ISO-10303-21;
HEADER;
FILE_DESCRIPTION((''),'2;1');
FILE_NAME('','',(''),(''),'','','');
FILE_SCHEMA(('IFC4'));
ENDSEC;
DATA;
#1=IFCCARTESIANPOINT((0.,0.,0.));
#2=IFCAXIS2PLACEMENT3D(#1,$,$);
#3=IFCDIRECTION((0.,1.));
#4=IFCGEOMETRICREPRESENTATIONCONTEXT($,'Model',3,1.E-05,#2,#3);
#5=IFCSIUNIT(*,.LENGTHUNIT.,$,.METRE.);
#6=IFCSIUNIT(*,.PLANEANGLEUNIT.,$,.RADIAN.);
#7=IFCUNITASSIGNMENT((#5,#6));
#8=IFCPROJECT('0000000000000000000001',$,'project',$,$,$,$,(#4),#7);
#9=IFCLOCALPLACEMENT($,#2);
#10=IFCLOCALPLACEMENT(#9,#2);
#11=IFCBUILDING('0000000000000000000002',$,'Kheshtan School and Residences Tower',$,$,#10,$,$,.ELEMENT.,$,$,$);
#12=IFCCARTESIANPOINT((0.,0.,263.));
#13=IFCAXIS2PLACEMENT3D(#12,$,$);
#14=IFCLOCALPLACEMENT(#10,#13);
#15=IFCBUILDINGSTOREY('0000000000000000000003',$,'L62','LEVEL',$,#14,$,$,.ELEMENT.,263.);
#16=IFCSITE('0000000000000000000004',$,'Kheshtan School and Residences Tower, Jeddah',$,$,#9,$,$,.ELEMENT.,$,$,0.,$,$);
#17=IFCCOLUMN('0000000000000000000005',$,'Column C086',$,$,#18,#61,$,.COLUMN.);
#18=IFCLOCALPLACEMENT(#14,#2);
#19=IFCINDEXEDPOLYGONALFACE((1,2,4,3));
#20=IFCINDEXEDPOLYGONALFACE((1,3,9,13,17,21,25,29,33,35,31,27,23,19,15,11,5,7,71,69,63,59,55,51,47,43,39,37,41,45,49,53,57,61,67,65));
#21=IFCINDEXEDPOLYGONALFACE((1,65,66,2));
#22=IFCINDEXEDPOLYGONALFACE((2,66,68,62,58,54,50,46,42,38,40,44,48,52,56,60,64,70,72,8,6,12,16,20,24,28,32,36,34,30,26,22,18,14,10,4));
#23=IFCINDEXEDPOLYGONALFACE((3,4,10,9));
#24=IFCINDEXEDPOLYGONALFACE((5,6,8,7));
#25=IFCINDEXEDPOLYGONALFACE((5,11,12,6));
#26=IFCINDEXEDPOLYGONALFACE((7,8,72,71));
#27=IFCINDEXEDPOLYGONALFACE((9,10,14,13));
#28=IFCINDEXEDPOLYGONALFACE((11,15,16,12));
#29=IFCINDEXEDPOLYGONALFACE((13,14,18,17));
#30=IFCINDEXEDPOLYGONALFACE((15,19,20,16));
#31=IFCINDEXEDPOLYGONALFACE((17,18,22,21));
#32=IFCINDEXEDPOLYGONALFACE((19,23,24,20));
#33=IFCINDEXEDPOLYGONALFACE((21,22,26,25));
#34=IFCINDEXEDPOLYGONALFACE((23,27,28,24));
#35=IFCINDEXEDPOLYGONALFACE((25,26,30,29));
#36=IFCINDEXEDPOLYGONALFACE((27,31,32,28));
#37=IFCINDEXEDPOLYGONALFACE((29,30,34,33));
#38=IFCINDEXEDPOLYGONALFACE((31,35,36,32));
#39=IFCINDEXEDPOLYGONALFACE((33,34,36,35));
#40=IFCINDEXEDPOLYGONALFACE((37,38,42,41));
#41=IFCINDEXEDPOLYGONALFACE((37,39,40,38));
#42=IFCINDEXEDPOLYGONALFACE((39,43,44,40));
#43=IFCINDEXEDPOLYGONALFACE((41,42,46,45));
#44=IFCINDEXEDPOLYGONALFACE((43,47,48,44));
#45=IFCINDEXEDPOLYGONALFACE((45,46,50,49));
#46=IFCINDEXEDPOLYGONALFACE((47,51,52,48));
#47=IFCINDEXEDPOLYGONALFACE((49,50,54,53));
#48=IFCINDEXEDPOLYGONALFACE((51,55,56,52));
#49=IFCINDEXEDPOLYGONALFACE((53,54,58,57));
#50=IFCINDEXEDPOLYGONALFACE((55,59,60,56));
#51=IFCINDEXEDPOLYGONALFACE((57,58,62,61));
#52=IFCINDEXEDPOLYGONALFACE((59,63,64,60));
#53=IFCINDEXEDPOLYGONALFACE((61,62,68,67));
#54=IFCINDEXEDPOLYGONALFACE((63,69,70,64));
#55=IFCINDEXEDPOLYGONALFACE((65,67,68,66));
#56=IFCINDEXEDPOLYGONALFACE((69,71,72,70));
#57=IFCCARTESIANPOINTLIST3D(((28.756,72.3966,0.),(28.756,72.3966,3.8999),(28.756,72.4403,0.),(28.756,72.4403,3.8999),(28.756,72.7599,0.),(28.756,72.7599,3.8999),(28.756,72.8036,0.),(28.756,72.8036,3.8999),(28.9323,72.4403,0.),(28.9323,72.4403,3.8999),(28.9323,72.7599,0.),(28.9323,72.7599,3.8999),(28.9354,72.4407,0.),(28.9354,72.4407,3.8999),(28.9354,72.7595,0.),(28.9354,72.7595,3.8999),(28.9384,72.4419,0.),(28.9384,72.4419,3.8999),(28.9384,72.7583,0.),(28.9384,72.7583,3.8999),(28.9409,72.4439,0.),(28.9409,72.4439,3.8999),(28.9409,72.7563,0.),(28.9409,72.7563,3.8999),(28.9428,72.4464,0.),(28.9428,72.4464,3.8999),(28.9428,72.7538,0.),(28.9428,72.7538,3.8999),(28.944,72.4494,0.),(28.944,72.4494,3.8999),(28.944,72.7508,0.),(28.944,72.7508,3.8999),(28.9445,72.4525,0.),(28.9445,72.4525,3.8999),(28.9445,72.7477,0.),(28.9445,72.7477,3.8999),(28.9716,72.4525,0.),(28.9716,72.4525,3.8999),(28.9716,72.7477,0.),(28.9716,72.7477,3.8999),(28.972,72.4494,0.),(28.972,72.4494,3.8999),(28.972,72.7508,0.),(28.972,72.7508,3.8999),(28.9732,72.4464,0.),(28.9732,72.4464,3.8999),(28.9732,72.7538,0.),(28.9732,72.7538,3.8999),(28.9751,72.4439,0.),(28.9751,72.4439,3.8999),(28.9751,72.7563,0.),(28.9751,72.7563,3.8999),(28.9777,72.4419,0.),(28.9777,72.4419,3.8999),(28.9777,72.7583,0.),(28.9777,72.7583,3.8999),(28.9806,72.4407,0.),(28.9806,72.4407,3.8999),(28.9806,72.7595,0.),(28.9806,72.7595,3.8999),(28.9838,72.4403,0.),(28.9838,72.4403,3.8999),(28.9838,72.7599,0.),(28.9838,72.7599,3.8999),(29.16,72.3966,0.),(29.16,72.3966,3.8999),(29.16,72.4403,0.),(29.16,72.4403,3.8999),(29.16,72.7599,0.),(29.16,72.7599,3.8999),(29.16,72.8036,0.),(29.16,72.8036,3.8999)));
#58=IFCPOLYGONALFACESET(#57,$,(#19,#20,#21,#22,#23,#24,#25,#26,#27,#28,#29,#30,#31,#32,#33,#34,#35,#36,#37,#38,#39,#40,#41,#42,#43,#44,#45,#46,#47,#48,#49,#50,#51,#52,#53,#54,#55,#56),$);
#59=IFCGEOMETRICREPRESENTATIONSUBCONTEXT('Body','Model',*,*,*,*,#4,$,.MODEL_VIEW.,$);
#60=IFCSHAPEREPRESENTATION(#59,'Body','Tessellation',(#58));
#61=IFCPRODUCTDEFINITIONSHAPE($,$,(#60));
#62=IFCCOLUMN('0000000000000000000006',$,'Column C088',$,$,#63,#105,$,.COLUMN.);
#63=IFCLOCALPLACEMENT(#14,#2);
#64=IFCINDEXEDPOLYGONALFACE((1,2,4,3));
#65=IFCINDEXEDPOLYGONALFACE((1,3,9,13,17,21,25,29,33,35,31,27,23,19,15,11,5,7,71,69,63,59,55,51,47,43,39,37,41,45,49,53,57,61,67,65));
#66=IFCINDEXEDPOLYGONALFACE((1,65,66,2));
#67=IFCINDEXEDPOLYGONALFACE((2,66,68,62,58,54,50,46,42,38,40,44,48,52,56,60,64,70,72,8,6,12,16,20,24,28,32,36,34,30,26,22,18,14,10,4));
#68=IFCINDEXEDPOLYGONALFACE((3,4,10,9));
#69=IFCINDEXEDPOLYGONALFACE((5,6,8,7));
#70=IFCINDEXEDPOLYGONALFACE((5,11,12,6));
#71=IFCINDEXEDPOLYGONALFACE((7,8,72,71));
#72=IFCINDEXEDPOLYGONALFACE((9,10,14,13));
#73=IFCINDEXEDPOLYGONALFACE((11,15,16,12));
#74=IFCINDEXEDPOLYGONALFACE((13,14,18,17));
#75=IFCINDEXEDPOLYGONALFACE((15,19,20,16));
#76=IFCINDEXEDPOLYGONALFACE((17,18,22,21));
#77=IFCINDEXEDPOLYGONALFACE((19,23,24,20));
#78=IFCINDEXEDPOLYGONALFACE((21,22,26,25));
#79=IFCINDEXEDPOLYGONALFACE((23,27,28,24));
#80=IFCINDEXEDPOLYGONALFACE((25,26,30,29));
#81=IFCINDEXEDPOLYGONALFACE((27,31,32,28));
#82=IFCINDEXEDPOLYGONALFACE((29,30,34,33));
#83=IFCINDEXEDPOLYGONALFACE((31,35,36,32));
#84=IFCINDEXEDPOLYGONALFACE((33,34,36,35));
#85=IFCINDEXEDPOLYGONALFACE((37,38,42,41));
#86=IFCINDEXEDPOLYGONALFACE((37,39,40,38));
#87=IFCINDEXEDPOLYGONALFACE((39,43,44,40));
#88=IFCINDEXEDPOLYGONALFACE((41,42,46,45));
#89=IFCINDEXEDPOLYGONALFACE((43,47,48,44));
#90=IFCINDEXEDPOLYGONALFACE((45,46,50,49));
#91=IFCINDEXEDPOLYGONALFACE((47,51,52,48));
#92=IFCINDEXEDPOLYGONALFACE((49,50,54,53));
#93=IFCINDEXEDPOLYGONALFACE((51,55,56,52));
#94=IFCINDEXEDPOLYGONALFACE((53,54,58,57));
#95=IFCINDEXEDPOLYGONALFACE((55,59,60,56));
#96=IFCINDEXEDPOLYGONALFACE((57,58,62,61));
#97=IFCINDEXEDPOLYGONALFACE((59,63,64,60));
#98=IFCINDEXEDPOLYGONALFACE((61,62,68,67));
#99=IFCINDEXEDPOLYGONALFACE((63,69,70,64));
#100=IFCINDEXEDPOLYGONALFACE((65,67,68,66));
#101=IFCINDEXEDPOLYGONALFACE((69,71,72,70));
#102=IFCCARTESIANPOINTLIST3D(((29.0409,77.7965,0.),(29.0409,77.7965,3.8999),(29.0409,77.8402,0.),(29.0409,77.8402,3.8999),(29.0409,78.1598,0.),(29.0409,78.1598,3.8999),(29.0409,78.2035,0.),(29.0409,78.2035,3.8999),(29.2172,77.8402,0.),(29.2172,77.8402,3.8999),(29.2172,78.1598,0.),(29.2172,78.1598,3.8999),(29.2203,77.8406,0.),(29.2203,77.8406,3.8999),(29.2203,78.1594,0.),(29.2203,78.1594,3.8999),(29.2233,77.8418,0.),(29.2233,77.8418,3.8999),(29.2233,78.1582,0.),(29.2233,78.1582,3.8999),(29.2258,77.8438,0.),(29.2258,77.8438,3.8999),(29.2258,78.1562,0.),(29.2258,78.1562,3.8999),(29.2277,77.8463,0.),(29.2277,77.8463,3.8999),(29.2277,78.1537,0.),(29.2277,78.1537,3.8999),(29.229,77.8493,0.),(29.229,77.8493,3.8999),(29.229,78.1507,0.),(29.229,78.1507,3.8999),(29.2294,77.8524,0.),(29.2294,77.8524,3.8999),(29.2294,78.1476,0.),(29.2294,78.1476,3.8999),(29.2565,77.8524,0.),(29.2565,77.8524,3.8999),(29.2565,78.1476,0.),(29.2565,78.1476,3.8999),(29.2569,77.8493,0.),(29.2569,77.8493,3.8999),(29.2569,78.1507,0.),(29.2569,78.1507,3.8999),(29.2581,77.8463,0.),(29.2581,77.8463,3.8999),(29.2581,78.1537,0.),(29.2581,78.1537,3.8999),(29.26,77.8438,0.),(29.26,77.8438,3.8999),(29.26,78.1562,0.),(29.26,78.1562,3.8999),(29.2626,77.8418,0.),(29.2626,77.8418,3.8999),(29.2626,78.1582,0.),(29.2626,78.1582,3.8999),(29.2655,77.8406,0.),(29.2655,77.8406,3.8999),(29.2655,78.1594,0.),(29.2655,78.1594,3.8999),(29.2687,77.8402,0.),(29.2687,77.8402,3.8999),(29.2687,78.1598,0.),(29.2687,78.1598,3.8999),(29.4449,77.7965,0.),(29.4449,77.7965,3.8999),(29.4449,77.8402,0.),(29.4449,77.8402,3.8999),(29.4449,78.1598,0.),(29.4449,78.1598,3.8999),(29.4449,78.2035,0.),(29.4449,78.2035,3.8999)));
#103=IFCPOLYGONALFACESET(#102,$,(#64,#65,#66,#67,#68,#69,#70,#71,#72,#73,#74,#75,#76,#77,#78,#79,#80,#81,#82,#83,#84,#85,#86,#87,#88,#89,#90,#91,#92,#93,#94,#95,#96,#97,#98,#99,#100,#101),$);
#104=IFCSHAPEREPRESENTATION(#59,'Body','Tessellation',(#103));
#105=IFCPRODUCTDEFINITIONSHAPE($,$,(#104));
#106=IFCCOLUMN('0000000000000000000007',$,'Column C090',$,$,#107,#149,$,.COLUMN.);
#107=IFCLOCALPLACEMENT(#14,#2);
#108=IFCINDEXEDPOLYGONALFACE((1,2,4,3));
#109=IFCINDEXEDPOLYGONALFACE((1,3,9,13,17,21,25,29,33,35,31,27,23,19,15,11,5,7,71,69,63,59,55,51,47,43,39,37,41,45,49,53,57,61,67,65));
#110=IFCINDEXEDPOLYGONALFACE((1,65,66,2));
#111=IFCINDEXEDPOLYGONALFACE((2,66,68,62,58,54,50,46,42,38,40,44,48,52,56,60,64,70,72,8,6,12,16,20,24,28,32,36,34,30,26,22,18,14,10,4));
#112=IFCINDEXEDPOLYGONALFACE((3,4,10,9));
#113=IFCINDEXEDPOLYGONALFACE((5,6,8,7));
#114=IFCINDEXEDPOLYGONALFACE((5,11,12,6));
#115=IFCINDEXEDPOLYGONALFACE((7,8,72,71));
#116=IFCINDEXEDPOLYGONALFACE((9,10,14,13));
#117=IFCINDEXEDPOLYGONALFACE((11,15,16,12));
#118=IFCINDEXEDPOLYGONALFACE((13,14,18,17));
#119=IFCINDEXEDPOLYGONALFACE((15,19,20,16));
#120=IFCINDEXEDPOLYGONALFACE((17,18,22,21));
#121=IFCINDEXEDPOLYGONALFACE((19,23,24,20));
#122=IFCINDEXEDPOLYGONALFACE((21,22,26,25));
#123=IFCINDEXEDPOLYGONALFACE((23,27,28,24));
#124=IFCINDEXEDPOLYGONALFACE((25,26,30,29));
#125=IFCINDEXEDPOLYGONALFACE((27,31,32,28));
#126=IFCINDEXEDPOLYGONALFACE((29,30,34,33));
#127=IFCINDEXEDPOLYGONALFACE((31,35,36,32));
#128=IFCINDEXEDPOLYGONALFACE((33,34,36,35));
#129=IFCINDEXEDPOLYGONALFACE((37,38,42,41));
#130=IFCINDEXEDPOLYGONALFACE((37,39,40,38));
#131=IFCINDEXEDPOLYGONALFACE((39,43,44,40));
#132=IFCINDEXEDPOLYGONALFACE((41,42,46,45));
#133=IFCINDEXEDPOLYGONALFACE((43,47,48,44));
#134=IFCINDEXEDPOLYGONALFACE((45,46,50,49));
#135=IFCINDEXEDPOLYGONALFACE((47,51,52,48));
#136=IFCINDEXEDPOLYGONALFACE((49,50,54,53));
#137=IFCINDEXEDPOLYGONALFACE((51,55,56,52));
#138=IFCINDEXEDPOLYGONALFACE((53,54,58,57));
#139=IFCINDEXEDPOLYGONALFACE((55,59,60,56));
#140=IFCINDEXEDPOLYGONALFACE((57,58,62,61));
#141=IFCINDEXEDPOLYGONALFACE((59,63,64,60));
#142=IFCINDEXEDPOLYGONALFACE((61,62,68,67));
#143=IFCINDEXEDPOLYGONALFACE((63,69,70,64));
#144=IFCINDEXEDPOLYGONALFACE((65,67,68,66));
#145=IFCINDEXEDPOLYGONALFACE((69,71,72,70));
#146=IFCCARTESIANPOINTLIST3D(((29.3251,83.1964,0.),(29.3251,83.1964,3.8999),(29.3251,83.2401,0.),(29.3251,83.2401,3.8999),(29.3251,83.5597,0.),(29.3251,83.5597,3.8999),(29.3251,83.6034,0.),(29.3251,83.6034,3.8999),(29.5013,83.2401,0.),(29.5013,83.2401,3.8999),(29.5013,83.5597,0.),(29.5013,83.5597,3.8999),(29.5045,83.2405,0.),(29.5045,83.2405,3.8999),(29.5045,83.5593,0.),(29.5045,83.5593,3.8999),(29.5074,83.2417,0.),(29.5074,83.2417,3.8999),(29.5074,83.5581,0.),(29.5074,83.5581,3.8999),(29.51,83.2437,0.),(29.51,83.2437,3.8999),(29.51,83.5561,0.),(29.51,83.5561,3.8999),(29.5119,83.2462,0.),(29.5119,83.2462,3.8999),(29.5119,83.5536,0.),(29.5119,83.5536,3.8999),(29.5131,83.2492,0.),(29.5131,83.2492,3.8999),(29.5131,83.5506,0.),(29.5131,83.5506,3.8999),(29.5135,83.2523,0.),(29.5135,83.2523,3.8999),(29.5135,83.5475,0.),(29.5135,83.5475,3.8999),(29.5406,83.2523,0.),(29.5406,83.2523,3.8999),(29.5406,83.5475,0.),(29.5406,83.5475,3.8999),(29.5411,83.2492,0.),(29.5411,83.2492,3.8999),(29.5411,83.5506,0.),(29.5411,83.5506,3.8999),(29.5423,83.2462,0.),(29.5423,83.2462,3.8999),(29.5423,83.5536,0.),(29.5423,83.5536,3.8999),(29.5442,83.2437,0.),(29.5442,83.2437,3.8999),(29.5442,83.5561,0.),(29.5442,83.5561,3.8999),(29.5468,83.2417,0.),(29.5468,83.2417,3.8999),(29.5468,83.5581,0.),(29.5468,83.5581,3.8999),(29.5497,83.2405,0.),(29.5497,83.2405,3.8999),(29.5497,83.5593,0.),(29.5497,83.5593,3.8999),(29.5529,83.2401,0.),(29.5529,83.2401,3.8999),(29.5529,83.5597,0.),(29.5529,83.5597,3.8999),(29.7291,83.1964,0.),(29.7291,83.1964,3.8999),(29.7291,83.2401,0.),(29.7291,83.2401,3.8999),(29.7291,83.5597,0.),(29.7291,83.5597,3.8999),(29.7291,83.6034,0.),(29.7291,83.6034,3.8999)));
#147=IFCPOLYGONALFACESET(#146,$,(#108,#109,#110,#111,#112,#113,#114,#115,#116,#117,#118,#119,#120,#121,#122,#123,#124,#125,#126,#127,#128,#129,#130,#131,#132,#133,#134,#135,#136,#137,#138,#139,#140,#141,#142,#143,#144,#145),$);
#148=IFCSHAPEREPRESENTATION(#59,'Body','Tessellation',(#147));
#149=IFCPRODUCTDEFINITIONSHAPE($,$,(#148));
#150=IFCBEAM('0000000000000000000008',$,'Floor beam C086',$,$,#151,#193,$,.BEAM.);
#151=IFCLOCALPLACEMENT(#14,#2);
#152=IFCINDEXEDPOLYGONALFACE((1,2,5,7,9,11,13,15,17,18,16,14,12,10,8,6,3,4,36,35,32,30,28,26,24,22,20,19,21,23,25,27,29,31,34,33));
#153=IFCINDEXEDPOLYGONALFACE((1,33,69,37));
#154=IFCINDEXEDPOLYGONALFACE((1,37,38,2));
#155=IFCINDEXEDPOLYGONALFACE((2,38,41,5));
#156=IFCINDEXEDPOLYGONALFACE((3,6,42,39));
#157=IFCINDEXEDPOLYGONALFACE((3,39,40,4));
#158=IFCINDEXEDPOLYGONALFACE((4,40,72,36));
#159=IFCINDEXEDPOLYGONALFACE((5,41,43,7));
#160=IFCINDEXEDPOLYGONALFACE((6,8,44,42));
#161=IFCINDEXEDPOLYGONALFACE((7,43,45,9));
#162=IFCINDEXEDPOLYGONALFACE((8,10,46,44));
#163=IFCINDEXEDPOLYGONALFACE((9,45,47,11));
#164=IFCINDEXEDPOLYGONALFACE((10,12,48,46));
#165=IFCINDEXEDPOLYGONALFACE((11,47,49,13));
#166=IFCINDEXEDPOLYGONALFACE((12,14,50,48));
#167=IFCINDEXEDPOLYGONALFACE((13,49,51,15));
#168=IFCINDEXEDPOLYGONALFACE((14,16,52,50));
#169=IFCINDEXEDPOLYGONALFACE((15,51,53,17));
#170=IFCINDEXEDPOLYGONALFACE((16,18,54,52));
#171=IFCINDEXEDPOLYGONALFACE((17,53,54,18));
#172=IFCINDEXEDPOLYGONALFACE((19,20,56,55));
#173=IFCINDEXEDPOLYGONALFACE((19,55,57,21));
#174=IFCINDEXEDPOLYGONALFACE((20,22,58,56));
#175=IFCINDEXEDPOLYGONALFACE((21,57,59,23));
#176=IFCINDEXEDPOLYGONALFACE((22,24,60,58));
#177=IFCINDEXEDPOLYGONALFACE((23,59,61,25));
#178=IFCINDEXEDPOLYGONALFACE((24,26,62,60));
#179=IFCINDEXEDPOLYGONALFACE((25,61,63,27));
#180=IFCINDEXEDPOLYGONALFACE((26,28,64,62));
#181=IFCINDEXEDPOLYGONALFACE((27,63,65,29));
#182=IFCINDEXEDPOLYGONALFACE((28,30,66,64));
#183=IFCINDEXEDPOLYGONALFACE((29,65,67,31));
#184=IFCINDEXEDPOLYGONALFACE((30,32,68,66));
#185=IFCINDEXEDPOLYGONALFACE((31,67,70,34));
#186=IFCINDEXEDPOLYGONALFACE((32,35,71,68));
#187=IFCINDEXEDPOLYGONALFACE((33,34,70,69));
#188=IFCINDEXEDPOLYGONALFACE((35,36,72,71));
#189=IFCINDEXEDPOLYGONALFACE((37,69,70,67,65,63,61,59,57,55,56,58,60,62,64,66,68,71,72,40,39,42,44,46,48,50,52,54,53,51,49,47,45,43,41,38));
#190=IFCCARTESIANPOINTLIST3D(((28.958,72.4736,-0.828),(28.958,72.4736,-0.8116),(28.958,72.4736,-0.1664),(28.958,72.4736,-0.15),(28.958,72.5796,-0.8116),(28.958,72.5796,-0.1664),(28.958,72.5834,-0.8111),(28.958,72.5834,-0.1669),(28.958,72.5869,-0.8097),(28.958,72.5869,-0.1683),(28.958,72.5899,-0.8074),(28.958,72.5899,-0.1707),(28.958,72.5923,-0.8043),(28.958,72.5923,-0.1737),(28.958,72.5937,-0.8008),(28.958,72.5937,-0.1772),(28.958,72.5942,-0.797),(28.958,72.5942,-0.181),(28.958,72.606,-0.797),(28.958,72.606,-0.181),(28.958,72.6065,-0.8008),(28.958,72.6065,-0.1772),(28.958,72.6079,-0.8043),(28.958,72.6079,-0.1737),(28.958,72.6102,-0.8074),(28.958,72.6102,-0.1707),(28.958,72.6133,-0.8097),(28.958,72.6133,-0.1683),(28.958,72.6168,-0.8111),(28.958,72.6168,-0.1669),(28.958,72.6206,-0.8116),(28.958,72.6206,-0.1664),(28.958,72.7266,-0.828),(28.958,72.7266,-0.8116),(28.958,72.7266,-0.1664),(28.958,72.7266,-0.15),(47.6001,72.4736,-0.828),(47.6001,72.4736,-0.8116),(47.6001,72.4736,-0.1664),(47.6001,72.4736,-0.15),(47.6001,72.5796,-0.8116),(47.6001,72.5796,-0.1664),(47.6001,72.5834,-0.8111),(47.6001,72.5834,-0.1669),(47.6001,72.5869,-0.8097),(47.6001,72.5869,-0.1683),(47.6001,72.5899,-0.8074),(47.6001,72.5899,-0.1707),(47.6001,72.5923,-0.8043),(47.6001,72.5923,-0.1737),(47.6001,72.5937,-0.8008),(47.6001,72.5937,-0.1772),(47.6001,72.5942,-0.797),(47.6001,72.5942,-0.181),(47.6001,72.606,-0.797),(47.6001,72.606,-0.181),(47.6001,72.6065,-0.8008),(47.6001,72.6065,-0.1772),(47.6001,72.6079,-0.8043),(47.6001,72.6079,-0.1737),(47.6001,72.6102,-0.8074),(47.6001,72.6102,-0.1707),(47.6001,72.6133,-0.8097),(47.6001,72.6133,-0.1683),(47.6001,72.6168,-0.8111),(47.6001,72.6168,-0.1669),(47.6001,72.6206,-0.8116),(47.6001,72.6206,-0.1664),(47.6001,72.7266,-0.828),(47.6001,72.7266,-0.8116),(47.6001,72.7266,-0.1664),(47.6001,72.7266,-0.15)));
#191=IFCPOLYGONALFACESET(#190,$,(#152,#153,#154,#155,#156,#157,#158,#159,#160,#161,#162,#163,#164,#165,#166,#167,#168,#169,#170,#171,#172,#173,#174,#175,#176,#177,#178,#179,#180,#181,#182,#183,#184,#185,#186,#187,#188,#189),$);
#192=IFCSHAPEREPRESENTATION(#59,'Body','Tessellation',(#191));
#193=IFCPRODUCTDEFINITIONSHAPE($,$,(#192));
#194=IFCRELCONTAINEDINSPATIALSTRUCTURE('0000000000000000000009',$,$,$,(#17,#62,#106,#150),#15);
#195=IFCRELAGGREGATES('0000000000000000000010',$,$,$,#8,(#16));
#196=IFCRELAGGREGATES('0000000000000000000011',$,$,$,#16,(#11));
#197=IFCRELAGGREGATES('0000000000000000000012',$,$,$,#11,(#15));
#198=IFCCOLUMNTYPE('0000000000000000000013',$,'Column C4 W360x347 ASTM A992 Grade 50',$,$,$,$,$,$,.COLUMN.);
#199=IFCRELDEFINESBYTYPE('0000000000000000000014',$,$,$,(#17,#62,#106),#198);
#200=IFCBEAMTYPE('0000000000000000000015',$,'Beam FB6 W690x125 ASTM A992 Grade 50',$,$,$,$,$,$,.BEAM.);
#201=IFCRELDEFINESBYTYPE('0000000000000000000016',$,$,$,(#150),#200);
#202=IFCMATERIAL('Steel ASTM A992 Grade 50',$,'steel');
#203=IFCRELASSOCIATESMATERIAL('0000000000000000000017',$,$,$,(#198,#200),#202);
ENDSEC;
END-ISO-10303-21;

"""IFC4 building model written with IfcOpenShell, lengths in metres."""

from ifc_helpers import new_model, si_unit, direction, frame, origin, origin_2d, place, context, subcontext, project, spatial, i_section, extrude, material, material_profile, profile_set, type_object, element, save


model = new_model("IFC4")

# Units and contexts
model_context = context("Model", 3, precision=1e-05, world=origin(), true_north=direction((0.0, 1.0)))
body_context = subcontext(model_context, "Body", "Model", "MODEL_VIEW")
ifc_project = project(units=[si_unit("LENGTHUNIT", "METRE"), si_unit("PLANEANGLEUNIT", "RADIAN")], contexts=[model_context])

# Site, building, storey
site_placement = place(None, origin())
site = spatial("IfcSite", under=ifc_project, at=site_placement, Name="Kheshtan School and Residences Tower, Jeddah", CompositionType="ELEMENT", RefElevation=0.0)
building_placement = place(site_placement, origin())
building = spatial("IfcBuilding", under=site, at=building_placement, Name="Kheshtan School and Residences Tower", CompositionType="ELEMENT")
storey_placement = place(building_placement, frame((0.0, 0.0, 263.0)))
storey = spatial("IfcBuildingStorey", under=building, at=storey_placement, Name="L62", Description="LEVEL", CompositionType="ELEMENT", Elevation=263.0)

# Columns
ifc_material_1 = material(Name="Steel ASTM A992 Grade 50", Category="steel")
ifc_material_profile_1 = material_profile(ifc_material_1, i_section(OverallWidth=0.4041, OverallDepth=0.407, WebThickness=0.0271, FlangeThickness=0.0437, FilletRadius=0.0122, at=origin_2d()), Name="W360x347")
ifc_profile_set_1 = profile_set([ifc_material_profile_1], Name="Steel ASTM A992 Grade 50")
column_type = type_object("IfcColumnType", Name="Column C4 W360x347 ASTM A992 Grade 50", PredefinedType="COLUMN", material=ifc_profile_set_1)
for number, where, z_axis, x_axis, name in (
    (1, (28.958, 72.6001, 0.0), (0.0, 0.0, 1.0), (1.0, 0.0, 0.0), "Column C086"),
    (2, (29.2429, 78.0, 0.0), (0.0, 0.0, 1.0), (1.0, 0.0, 0.0), "Column C088"),
    (3, (29.5271, 83.3999, 0.0), (0.0, 0.0, 1.0), (1.0, 0.0, 0.0), "Column C090"),
):
    element("IfcColumn", number, at=place(storey_placement, frame(where, z_axis=z_axis, x_axis=x_axis)), inside=storey, type_object=column_type, Name=name, PredefinedType="COLUMN", context=body_context, shape_type="SweptSolid", body=[
        extrude(i_section(OverallWidth=0.4041, OverallDepth=0.407, WebThickness=0.0271, FlangeThickness=0.0437, FilletRadius=0.0122, at=origin_2d()), origin(), (0.0, 0.0, 1.0), 3.8999),
    ])

# Beam
ifc_material_profile_2 = material_profile(ifc_material_1, i_section(OverallWidth=0.2529, OverallDepth=0.678, WebThickness=0.0117, FlangeThickness=0.0164, FilletRadius=0.0146, at=origin_2d()), Name="W690x125")
ifc_profile_set_2 = profile_set([ifc_material_profile_2], Name="Steel ASTM A992 Grade 50")
beam_type_1 = type_object("IfcBeamType", Name="Beam FB6 W690x125 ASTM A992 Grade 50", PredefinedType="BEAM", material=ifc_profile_set_2)
beam_1_placement = place(storey_placement, frame((28.958, 72.6001, -0.489), z_axis=(1.0, 0.0, 0.0), x_axis=(0.0, 1.0, 0.0)))
element("IfcBeam", 4, at=beam_1_placement, inside=storey, type_object=beam_type_1, Name="Floor beam C086", PredefinedType="BEAM", context=body_context, shape_type="SweptSolid", body=[
    extrude(i_section(OverallWidth=0.2529, OverallDepth=0.678, WebThickness=0.0117, FlangeThickness=0.0164, FilletRadius=0.0146, at=origin_2d()), origin(), (0.0, 0.0, 1.0), 18.6421),
])

save(model, "model.ifc")
